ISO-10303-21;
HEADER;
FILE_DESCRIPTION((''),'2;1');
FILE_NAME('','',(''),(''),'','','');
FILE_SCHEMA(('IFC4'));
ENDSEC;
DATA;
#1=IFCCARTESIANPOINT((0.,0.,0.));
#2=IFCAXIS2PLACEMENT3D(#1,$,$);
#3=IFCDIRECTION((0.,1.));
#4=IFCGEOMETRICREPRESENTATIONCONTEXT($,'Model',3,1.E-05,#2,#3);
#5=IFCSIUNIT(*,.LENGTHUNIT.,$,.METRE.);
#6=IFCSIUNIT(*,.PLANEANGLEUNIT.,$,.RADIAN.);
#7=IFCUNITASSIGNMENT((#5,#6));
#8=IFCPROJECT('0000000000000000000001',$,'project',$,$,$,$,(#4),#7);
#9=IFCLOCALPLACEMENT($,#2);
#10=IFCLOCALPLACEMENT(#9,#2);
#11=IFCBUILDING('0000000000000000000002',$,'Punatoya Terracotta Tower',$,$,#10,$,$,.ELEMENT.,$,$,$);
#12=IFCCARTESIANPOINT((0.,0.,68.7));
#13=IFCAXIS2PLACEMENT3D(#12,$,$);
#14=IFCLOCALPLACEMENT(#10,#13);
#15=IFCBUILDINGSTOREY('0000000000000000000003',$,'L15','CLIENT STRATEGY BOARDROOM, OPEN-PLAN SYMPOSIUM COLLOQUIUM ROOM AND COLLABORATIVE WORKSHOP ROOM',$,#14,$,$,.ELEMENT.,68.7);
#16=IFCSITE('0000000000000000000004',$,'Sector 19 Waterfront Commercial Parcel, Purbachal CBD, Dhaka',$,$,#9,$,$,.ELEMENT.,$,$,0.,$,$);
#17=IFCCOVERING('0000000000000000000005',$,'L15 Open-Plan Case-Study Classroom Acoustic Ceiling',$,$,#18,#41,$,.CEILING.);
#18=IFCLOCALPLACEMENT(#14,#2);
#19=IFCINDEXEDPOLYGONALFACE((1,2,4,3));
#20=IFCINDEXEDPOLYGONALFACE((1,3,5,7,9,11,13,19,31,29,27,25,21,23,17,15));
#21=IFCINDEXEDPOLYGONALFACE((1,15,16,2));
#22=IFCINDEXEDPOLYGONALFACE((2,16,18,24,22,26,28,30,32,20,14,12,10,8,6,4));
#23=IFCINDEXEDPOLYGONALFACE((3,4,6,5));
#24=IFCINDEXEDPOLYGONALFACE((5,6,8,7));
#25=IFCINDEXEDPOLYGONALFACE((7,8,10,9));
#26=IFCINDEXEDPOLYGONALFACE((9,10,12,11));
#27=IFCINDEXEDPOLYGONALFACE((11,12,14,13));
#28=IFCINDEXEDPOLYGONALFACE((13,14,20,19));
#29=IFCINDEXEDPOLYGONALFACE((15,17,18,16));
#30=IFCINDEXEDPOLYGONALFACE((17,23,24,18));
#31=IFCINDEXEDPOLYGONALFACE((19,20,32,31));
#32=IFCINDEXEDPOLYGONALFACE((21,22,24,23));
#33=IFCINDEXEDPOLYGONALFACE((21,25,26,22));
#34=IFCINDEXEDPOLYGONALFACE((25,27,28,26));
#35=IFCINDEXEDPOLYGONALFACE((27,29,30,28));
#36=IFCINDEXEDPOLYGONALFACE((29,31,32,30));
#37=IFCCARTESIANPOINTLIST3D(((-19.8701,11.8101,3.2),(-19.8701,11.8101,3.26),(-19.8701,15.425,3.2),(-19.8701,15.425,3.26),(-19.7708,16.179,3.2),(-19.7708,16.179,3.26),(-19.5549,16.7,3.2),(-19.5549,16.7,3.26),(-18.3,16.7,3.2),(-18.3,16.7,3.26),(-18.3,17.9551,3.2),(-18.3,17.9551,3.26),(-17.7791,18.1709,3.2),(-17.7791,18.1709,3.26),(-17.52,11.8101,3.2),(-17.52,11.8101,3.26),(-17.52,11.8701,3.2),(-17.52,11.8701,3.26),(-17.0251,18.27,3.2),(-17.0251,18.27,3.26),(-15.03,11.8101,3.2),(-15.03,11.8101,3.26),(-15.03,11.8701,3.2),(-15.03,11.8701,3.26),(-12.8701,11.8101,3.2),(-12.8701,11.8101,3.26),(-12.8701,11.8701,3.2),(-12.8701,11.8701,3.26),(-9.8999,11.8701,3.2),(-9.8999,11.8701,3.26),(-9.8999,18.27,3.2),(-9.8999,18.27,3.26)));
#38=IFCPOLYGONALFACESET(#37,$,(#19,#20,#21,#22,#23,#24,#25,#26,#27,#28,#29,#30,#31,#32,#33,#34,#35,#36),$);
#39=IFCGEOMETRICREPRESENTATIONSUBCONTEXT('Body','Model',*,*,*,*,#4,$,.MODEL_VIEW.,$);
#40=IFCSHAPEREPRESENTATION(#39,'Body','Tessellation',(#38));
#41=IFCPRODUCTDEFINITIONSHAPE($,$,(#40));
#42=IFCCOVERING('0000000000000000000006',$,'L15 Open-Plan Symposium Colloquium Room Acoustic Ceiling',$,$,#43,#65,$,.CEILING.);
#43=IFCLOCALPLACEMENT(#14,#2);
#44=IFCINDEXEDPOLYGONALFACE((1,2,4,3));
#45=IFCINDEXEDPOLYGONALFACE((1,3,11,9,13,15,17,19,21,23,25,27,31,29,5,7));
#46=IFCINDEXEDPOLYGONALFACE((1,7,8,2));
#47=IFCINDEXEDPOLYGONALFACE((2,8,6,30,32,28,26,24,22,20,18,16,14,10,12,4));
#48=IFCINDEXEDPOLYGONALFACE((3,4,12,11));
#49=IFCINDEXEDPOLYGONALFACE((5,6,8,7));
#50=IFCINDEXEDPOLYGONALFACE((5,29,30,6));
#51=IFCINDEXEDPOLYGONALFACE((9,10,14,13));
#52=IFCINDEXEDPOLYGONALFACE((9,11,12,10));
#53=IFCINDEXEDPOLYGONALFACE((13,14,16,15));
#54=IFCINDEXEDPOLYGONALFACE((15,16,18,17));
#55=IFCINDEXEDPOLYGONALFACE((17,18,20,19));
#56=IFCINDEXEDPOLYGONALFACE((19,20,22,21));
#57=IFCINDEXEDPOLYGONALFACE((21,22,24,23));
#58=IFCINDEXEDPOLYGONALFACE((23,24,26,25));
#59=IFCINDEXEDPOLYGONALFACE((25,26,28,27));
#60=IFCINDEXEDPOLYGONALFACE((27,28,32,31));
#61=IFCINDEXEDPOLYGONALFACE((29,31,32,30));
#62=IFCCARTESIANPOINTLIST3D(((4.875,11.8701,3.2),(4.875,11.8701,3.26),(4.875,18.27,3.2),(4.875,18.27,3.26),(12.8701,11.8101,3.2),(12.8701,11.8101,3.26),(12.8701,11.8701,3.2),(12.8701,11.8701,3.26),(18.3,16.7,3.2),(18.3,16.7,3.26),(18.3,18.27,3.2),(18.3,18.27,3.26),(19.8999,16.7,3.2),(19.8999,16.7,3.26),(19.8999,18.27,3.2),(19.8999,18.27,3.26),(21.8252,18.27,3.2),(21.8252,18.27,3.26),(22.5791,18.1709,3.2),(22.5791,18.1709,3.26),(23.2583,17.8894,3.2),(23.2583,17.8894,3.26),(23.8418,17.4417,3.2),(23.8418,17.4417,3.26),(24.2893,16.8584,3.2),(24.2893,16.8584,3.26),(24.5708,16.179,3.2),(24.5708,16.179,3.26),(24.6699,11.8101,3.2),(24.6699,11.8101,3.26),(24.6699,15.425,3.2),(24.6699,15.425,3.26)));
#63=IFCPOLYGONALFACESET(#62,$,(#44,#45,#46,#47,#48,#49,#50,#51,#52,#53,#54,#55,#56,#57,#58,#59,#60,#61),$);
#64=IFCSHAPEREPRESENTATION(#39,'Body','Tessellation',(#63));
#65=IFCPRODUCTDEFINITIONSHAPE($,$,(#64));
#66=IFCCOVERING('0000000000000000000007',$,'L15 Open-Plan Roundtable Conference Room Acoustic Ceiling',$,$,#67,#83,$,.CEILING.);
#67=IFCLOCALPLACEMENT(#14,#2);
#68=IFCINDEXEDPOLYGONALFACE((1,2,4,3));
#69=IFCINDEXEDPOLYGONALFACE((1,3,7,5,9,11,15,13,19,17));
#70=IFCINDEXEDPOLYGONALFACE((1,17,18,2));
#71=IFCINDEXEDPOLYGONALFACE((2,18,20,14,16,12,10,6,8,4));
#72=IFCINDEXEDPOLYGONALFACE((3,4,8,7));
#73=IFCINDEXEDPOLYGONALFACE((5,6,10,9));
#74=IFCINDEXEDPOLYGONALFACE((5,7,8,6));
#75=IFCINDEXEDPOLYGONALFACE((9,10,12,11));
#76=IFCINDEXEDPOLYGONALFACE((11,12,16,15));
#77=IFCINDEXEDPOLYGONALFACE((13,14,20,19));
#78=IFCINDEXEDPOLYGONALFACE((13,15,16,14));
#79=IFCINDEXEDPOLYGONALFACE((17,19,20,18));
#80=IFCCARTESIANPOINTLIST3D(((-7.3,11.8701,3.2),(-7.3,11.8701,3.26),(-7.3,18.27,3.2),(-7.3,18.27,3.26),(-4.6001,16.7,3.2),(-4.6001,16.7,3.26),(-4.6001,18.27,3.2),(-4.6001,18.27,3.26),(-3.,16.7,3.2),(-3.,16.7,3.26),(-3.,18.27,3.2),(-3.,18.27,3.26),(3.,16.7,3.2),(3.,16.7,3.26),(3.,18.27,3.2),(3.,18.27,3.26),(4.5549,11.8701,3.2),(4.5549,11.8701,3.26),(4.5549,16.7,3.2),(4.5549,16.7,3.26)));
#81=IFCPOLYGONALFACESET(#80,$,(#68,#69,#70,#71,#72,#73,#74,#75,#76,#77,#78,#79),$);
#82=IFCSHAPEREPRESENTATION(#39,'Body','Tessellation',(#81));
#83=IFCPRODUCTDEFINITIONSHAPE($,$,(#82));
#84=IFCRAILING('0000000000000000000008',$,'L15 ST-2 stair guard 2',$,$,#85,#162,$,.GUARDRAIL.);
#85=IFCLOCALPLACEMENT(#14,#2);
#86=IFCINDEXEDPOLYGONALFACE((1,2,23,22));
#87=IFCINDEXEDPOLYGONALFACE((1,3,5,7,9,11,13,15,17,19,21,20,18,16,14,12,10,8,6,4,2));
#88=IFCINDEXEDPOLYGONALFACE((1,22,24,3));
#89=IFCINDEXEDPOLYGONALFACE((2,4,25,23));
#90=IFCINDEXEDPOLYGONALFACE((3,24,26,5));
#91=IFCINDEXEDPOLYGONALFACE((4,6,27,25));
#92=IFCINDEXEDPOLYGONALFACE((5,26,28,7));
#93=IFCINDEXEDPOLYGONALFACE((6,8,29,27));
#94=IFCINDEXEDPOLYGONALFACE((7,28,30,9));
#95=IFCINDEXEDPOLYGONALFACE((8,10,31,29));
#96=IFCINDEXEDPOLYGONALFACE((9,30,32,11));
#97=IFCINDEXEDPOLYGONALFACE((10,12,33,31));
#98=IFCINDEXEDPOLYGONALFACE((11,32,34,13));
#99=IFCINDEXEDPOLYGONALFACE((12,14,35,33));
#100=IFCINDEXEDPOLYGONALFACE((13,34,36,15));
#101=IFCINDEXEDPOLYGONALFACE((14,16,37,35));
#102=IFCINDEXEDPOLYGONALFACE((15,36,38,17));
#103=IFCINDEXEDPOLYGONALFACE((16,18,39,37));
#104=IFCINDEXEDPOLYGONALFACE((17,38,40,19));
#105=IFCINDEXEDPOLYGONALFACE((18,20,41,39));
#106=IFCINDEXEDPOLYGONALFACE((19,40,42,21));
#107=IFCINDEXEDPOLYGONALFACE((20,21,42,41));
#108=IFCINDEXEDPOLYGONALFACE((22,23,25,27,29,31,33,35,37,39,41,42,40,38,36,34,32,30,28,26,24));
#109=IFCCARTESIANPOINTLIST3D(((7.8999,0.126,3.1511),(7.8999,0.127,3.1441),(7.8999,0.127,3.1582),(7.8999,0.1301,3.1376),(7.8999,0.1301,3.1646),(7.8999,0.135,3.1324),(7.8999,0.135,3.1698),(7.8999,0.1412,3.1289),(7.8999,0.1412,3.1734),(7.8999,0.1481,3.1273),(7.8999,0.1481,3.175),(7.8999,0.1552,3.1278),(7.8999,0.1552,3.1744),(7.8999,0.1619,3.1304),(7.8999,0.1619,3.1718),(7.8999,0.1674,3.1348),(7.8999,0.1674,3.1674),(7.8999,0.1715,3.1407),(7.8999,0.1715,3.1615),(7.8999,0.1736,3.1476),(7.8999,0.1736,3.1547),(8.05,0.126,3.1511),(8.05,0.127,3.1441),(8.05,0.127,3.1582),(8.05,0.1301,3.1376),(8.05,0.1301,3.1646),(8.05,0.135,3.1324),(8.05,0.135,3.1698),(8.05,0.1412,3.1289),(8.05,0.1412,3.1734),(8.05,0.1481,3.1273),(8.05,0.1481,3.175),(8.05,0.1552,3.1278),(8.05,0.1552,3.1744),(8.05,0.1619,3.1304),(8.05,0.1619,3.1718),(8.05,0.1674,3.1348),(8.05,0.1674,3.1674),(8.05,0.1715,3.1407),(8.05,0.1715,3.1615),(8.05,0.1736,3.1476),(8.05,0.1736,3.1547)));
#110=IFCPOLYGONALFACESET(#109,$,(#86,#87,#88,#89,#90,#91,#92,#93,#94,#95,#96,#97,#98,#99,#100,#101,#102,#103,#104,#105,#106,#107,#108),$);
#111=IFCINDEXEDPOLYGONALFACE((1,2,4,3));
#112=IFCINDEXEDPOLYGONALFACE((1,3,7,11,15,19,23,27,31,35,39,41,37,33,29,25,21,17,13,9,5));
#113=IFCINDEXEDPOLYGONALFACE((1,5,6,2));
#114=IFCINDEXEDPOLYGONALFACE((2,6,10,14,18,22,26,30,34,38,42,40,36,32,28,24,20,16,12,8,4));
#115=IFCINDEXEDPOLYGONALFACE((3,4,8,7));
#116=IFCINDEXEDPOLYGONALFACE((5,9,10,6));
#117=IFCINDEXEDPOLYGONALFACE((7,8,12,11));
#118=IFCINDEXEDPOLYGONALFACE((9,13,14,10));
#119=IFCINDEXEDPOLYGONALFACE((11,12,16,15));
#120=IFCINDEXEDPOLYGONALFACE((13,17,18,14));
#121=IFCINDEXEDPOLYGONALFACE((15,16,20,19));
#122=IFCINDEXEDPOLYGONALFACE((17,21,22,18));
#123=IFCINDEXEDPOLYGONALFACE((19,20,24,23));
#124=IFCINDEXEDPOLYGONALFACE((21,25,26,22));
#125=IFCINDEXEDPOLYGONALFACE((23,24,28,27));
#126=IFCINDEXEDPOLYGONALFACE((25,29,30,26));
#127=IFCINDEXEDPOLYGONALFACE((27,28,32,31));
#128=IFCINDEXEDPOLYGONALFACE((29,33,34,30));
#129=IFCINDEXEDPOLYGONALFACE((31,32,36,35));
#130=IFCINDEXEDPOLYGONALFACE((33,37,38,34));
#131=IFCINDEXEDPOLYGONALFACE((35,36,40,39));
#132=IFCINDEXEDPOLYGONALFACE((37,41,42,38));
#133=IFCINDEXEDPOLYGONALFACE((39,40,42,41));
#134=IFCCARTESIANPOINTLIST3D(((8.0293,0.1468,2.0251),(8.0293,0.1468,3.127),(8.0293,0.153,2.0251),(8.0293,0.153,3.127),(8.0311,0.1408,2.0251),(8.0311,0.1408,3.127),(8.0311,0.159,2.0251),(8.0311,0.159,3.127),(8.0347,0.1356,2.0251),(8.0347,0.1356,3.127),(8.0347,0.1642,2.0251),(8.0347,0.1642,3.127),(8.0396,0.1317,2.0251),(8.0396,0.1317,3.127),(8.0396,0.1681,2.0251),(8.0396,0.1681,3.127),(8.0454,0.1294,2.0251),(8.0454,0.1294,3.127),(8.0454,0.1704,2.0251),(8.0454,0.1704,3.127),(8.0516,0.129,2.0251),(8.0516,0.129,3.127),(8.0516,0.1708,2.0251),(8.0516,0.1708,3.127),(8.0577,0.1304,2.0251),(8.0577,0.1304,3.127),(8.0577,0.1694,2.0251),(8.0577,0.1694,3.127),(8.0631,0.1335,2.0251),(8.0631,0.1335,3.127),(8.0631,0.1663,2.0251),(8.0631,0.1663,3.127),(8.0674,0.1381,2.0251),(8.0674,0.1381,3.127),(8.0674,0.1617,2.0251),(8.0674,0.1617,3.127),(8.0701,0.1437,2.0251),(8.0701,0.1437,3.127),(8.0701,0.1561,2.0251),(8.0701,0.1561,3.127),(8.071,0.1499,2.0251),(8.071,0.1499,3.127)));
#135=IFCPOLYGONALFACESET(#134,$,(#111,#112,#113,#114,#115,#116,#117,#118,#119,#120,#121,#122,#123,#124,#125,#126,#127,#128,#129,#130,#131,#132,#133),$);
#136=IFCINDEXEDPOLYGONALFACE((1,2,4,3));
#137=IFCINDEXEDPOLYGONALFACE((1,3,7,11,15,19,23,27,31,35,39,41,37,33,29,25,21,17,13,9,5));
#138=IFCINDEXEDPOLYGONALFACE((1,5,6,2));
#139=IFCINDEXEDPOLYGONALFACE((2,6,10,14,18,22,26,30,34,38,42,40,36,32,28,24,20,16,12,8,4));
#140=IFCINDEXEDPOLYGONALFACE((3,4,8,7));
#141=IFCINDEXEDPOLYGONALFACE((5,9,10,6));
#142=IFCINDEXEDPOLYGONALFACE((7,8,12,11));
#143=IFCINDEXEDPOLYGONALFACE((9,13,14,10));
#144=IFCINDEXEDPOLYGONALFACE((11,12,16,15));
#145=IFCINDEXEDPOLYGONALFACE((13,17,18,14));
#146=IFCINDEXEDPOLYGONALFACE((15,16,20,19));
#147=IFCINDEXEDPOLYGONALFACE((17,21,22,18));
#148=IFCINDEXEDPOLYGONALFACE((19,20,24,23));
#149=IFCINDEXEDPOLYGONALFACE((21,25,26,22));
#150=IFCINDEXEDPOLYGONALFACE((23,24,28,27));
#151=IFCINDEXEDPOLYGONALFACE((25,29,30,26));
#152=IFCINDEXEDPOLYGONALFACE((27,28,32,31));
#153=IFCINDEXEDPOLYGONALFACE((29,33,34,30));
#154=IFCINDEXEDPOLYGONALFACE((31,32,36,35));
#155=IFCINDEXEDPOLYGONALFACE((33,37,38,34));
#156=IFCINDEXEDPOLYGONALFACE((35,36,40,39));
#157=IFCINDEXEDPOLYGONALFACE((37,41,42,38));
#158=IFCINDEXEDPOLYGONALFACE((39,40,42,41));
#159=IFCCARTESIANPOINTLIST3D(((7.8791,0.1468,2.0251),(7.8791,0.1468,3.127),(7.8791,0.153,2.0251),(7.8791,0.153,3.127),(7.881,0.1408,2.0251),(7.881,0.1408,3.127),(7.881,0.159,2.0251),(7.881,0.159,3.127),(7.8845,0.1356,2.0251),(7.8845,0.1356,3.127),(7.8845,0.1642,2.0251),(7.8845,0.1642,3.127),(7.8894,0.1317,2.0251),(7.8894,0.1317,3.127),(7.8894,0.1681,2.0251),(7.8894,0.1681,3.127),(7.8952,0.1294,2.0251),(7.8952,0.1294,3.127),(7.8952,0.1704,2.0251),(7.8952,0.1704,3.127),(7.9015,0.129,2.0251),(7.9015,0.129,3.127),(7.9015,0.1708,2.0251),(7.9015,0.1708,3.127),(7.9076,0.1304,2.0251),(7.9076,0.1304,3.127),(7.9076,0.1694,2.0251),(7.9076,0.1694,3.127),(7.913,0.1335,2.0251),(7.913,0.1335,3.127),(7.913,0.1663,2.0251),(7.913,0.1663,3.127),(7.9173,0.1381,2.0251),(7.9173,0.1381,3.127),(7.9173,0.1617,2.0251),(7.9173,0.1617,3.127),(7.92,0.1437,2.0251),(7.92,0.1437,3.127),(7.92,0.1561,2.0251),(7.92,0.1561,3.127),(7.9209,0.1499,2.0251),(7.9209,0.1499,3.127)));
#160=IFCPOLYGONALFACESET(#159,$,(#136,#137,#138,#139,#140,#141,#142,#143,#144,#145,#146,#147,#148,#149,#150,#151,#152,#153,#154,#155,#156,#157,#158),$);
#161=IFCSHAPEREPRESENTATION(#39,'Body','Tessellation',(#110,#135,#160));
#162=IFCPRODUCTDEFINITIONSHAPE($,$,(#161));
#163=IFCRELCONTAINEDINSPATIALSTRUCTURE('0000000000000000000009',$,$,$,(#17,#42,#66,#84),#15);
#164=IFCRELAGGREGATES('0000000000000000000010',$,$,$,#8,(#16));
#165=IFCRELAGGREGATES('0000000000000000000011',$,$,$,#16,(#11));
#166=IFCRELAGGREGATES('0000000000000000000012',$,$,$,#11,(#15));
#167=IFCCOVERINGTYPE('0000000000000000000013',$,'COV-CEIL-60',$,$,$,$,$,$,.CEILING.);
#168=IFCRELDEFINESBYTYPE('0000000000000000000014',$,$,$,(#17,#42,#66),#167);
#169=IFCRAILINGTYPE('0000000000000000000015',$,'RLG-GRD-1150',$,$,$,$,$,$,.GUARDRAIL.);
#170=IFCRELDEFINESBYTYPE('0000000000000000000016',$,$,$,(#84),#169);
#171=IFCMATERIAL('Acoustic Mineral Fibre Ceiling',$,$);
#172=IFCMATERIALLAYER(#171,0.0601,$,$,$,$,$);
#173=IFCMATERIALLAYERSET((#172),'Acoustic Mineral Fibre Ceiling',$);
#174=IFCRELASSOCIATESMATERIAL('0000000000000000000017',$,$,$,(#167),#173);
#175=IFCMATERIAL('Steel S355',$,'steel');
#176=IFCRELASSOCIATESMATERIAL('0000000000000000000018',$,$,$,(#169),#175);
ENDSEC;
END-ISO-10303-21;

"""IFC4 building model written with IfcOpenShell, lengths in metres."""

from ifc_helpers import new_model, si_unit, direction, frame, origin, origin_2d, place, context, subcontext, project, spatial, polyline, circle, outline, extrude, material, layer, layer_set, type_object, element, save


model = new_model("IFC4")

# Units and contexts
model_context = context("Model", 3, precision=1e-05, world=origin(), true_north=direction((0.0, 1.0)))
body_context = subcontext(model_context, "Body", "Model", "MODEL_VIEW")
ifc_project = project(units=[si_unit("LENGTHUNIT", "METRE"), si_unit("PLANEANGLEUNIT", "RADIAN")], contexts=[model_context])

# Site, building, storey
site_placement = place(None, origin())
site = spatial("IfcSite", under=ifc_project, at=site_placement, Name="Sector 19 Waterfront Commercial Parcel, Purbachal CBD, Dhaka", CompositionType="ELEMENT", RefElevation=0.0)
building_placement = place(site_placement, origin())
building = spatial("IfcBuilding", under=site, at=building_placement, Name="Punatoya Terracotta Tower", CompositionType="ELEMENT")
storey_placement = place(building_placement, frame((0.0, 0.0, 68.7)))
storey = spatial("IfcBuildingStorey", under=building, at=storey_placement, Name="L15", Description="CLIENT STRATEGY BOARDROOM, OPEN-PLAN SYMPOSIUM COLLOQUIUM ROOM AND COLLABORATIVE WORKSHOP ROOM", CompositionType="ELEMENT", Elevation=68.7)

# Shared definitions
ifc_material_1 = material(Name="Steel S355", Category="steel")

# Coverings
ifc_material_2 = material(Name="Acoustic Mineral Fibre Ceiling")
ifc_layer_1 = layer(ifc_material_2, 0.0601)
ifc_layer_set_1 = layer_set([ifc_layer_1], Name="Acoustic Mineral Fibre Ceiling")
covering_type = type_object("IfcCoveringType", Name="COV-CEIL-60", PredefinedType="CEILING", material=ifc_layer_set_1)
covering_1_placement = place(storey_placement, frame((0.0, 0.0, 3.2)))
element("IfcCovering", 1, at=covering_1_placement, inside=storey, type_object=covering_type, Name="L15 Open-Plan Case-Study Classroom Acoustic Ceiling", PredefinedType="CEILING", context=body_context, shape_type="SweptSolid", body=[
    extrude(outline(polyline([(-17.7791, 18.1709), (-18.3, 17.9551), (-18.3, 16.7), (-19.5549, 16.7), (-19.7708, 16.179), (-19.8701, 15.425), (-19.8701, 11.8101), (-17.52, 11.8101), (-17.52, 11.8701), (-15.03, 11.8701), (-15.03, 11.8101), (-12.8701, 11.8101), (-12.8701, 11.8701), (-9.8999, 11.8701), (-9.8999, 18.27), (-17.0251, 18.27), (-17.7791, 18.1709)])), origin(), (0.0, 0.0, 1.0), 0.0601),
])
covering_2_placement = place(storey_placement, frame((0.0, 0.0, 3.2)))
element("IfcCovering", 2, at=covering_2_placement, inside=storey, type_object=covering_type, Name="L15 Open-Plan Symposium Colloquium Room Acoustic Ceiling", PredefinedType="CEILING", context=body_context, shape_type="SweptSolid", body=[
    extrude(outline(polyline([(12.8701, 11.8101), (24.6699, 11.8101), (24.6699, 15.425), (24.5708, 16.179), (24.2893, 16.8584), (23.8418, 17.4417), (23.2583, 17.8894), (22.5791, 18.1709), (21.8252, 18.27), (19.8999, 18.27), (19.8999, 16.7), (18.3, 16.7), (18.3, 18.27), (4.875, 18.27), (4.875, 11.8701), (12.8701, 11.8701), (12.8701, 11.8101)])), origin(), (0.0, 0.0, 1.0), 0.0601),
])
covering_3_placement = place(storey_placement, frame((0.0, 0.0, 3.2)))
element("IfcCovering", 3, at=covering_3_placement, inside=storey, type_object=covering_type, Name="L15 Open-Plan Roundtable Conference Room Acoustic Ceiling", PredefinedType="CEILING", context=body_context, shape_type="SweptSolid", body=[
    extrude(outline(polyline([(-4.6001, 18.27), (-7.3, 18.27), (-7.3, 11.8701), (4.5549, 11.8701), (4.5549, 16.7), (3.0, 16.7), (3.0, 18.27), (-3.0, 18.27), (-3.0, 16.7), (-4.6001, 16.7), (-4.6001, 18.27)])), origin(), (0.0, 0.0, 1.0), 0.0601),
])

# Railing
railing_type_1 = type_object("IfcRailingType", Name="RLG-GRD-1150", PredefinedType="GUARDRAIL", material=ifc_material_1)
railing_1_placement = place(storey_placement, frame((8.05, 0.1499, 2.0251)))
element("IfcRailing", 4, at=railing_1_placement, inside=storey, type_object=railing_type_1, Name="L15 ST-2 stair guard 2", PredefinedType="GUARDRAIL", context=body_context, shape_type="SweptSolid", body=[
    extrude(circle(Radius=0.0239, at=origin_2d()), frame((0.0, 0.0, 1.126), z_axis=(-1.0, 0.0, 0.0), x_axis=(0.0, -1.0, 0.0)), (0.0, 0.0, 1.0), 0.1501),
    extrude(circle(Radius=0.021, at=origin_2d()), origin(), (0.0, 0.0, 1.0), 1.1018),
    extrude(circle(Radius=0.021, at=origin_2d()), frame((-0.1501, 0.0, 0.0)), (0.0, 0.0, 1.0), 1.1018),
])

save(model, "model.ifc")
